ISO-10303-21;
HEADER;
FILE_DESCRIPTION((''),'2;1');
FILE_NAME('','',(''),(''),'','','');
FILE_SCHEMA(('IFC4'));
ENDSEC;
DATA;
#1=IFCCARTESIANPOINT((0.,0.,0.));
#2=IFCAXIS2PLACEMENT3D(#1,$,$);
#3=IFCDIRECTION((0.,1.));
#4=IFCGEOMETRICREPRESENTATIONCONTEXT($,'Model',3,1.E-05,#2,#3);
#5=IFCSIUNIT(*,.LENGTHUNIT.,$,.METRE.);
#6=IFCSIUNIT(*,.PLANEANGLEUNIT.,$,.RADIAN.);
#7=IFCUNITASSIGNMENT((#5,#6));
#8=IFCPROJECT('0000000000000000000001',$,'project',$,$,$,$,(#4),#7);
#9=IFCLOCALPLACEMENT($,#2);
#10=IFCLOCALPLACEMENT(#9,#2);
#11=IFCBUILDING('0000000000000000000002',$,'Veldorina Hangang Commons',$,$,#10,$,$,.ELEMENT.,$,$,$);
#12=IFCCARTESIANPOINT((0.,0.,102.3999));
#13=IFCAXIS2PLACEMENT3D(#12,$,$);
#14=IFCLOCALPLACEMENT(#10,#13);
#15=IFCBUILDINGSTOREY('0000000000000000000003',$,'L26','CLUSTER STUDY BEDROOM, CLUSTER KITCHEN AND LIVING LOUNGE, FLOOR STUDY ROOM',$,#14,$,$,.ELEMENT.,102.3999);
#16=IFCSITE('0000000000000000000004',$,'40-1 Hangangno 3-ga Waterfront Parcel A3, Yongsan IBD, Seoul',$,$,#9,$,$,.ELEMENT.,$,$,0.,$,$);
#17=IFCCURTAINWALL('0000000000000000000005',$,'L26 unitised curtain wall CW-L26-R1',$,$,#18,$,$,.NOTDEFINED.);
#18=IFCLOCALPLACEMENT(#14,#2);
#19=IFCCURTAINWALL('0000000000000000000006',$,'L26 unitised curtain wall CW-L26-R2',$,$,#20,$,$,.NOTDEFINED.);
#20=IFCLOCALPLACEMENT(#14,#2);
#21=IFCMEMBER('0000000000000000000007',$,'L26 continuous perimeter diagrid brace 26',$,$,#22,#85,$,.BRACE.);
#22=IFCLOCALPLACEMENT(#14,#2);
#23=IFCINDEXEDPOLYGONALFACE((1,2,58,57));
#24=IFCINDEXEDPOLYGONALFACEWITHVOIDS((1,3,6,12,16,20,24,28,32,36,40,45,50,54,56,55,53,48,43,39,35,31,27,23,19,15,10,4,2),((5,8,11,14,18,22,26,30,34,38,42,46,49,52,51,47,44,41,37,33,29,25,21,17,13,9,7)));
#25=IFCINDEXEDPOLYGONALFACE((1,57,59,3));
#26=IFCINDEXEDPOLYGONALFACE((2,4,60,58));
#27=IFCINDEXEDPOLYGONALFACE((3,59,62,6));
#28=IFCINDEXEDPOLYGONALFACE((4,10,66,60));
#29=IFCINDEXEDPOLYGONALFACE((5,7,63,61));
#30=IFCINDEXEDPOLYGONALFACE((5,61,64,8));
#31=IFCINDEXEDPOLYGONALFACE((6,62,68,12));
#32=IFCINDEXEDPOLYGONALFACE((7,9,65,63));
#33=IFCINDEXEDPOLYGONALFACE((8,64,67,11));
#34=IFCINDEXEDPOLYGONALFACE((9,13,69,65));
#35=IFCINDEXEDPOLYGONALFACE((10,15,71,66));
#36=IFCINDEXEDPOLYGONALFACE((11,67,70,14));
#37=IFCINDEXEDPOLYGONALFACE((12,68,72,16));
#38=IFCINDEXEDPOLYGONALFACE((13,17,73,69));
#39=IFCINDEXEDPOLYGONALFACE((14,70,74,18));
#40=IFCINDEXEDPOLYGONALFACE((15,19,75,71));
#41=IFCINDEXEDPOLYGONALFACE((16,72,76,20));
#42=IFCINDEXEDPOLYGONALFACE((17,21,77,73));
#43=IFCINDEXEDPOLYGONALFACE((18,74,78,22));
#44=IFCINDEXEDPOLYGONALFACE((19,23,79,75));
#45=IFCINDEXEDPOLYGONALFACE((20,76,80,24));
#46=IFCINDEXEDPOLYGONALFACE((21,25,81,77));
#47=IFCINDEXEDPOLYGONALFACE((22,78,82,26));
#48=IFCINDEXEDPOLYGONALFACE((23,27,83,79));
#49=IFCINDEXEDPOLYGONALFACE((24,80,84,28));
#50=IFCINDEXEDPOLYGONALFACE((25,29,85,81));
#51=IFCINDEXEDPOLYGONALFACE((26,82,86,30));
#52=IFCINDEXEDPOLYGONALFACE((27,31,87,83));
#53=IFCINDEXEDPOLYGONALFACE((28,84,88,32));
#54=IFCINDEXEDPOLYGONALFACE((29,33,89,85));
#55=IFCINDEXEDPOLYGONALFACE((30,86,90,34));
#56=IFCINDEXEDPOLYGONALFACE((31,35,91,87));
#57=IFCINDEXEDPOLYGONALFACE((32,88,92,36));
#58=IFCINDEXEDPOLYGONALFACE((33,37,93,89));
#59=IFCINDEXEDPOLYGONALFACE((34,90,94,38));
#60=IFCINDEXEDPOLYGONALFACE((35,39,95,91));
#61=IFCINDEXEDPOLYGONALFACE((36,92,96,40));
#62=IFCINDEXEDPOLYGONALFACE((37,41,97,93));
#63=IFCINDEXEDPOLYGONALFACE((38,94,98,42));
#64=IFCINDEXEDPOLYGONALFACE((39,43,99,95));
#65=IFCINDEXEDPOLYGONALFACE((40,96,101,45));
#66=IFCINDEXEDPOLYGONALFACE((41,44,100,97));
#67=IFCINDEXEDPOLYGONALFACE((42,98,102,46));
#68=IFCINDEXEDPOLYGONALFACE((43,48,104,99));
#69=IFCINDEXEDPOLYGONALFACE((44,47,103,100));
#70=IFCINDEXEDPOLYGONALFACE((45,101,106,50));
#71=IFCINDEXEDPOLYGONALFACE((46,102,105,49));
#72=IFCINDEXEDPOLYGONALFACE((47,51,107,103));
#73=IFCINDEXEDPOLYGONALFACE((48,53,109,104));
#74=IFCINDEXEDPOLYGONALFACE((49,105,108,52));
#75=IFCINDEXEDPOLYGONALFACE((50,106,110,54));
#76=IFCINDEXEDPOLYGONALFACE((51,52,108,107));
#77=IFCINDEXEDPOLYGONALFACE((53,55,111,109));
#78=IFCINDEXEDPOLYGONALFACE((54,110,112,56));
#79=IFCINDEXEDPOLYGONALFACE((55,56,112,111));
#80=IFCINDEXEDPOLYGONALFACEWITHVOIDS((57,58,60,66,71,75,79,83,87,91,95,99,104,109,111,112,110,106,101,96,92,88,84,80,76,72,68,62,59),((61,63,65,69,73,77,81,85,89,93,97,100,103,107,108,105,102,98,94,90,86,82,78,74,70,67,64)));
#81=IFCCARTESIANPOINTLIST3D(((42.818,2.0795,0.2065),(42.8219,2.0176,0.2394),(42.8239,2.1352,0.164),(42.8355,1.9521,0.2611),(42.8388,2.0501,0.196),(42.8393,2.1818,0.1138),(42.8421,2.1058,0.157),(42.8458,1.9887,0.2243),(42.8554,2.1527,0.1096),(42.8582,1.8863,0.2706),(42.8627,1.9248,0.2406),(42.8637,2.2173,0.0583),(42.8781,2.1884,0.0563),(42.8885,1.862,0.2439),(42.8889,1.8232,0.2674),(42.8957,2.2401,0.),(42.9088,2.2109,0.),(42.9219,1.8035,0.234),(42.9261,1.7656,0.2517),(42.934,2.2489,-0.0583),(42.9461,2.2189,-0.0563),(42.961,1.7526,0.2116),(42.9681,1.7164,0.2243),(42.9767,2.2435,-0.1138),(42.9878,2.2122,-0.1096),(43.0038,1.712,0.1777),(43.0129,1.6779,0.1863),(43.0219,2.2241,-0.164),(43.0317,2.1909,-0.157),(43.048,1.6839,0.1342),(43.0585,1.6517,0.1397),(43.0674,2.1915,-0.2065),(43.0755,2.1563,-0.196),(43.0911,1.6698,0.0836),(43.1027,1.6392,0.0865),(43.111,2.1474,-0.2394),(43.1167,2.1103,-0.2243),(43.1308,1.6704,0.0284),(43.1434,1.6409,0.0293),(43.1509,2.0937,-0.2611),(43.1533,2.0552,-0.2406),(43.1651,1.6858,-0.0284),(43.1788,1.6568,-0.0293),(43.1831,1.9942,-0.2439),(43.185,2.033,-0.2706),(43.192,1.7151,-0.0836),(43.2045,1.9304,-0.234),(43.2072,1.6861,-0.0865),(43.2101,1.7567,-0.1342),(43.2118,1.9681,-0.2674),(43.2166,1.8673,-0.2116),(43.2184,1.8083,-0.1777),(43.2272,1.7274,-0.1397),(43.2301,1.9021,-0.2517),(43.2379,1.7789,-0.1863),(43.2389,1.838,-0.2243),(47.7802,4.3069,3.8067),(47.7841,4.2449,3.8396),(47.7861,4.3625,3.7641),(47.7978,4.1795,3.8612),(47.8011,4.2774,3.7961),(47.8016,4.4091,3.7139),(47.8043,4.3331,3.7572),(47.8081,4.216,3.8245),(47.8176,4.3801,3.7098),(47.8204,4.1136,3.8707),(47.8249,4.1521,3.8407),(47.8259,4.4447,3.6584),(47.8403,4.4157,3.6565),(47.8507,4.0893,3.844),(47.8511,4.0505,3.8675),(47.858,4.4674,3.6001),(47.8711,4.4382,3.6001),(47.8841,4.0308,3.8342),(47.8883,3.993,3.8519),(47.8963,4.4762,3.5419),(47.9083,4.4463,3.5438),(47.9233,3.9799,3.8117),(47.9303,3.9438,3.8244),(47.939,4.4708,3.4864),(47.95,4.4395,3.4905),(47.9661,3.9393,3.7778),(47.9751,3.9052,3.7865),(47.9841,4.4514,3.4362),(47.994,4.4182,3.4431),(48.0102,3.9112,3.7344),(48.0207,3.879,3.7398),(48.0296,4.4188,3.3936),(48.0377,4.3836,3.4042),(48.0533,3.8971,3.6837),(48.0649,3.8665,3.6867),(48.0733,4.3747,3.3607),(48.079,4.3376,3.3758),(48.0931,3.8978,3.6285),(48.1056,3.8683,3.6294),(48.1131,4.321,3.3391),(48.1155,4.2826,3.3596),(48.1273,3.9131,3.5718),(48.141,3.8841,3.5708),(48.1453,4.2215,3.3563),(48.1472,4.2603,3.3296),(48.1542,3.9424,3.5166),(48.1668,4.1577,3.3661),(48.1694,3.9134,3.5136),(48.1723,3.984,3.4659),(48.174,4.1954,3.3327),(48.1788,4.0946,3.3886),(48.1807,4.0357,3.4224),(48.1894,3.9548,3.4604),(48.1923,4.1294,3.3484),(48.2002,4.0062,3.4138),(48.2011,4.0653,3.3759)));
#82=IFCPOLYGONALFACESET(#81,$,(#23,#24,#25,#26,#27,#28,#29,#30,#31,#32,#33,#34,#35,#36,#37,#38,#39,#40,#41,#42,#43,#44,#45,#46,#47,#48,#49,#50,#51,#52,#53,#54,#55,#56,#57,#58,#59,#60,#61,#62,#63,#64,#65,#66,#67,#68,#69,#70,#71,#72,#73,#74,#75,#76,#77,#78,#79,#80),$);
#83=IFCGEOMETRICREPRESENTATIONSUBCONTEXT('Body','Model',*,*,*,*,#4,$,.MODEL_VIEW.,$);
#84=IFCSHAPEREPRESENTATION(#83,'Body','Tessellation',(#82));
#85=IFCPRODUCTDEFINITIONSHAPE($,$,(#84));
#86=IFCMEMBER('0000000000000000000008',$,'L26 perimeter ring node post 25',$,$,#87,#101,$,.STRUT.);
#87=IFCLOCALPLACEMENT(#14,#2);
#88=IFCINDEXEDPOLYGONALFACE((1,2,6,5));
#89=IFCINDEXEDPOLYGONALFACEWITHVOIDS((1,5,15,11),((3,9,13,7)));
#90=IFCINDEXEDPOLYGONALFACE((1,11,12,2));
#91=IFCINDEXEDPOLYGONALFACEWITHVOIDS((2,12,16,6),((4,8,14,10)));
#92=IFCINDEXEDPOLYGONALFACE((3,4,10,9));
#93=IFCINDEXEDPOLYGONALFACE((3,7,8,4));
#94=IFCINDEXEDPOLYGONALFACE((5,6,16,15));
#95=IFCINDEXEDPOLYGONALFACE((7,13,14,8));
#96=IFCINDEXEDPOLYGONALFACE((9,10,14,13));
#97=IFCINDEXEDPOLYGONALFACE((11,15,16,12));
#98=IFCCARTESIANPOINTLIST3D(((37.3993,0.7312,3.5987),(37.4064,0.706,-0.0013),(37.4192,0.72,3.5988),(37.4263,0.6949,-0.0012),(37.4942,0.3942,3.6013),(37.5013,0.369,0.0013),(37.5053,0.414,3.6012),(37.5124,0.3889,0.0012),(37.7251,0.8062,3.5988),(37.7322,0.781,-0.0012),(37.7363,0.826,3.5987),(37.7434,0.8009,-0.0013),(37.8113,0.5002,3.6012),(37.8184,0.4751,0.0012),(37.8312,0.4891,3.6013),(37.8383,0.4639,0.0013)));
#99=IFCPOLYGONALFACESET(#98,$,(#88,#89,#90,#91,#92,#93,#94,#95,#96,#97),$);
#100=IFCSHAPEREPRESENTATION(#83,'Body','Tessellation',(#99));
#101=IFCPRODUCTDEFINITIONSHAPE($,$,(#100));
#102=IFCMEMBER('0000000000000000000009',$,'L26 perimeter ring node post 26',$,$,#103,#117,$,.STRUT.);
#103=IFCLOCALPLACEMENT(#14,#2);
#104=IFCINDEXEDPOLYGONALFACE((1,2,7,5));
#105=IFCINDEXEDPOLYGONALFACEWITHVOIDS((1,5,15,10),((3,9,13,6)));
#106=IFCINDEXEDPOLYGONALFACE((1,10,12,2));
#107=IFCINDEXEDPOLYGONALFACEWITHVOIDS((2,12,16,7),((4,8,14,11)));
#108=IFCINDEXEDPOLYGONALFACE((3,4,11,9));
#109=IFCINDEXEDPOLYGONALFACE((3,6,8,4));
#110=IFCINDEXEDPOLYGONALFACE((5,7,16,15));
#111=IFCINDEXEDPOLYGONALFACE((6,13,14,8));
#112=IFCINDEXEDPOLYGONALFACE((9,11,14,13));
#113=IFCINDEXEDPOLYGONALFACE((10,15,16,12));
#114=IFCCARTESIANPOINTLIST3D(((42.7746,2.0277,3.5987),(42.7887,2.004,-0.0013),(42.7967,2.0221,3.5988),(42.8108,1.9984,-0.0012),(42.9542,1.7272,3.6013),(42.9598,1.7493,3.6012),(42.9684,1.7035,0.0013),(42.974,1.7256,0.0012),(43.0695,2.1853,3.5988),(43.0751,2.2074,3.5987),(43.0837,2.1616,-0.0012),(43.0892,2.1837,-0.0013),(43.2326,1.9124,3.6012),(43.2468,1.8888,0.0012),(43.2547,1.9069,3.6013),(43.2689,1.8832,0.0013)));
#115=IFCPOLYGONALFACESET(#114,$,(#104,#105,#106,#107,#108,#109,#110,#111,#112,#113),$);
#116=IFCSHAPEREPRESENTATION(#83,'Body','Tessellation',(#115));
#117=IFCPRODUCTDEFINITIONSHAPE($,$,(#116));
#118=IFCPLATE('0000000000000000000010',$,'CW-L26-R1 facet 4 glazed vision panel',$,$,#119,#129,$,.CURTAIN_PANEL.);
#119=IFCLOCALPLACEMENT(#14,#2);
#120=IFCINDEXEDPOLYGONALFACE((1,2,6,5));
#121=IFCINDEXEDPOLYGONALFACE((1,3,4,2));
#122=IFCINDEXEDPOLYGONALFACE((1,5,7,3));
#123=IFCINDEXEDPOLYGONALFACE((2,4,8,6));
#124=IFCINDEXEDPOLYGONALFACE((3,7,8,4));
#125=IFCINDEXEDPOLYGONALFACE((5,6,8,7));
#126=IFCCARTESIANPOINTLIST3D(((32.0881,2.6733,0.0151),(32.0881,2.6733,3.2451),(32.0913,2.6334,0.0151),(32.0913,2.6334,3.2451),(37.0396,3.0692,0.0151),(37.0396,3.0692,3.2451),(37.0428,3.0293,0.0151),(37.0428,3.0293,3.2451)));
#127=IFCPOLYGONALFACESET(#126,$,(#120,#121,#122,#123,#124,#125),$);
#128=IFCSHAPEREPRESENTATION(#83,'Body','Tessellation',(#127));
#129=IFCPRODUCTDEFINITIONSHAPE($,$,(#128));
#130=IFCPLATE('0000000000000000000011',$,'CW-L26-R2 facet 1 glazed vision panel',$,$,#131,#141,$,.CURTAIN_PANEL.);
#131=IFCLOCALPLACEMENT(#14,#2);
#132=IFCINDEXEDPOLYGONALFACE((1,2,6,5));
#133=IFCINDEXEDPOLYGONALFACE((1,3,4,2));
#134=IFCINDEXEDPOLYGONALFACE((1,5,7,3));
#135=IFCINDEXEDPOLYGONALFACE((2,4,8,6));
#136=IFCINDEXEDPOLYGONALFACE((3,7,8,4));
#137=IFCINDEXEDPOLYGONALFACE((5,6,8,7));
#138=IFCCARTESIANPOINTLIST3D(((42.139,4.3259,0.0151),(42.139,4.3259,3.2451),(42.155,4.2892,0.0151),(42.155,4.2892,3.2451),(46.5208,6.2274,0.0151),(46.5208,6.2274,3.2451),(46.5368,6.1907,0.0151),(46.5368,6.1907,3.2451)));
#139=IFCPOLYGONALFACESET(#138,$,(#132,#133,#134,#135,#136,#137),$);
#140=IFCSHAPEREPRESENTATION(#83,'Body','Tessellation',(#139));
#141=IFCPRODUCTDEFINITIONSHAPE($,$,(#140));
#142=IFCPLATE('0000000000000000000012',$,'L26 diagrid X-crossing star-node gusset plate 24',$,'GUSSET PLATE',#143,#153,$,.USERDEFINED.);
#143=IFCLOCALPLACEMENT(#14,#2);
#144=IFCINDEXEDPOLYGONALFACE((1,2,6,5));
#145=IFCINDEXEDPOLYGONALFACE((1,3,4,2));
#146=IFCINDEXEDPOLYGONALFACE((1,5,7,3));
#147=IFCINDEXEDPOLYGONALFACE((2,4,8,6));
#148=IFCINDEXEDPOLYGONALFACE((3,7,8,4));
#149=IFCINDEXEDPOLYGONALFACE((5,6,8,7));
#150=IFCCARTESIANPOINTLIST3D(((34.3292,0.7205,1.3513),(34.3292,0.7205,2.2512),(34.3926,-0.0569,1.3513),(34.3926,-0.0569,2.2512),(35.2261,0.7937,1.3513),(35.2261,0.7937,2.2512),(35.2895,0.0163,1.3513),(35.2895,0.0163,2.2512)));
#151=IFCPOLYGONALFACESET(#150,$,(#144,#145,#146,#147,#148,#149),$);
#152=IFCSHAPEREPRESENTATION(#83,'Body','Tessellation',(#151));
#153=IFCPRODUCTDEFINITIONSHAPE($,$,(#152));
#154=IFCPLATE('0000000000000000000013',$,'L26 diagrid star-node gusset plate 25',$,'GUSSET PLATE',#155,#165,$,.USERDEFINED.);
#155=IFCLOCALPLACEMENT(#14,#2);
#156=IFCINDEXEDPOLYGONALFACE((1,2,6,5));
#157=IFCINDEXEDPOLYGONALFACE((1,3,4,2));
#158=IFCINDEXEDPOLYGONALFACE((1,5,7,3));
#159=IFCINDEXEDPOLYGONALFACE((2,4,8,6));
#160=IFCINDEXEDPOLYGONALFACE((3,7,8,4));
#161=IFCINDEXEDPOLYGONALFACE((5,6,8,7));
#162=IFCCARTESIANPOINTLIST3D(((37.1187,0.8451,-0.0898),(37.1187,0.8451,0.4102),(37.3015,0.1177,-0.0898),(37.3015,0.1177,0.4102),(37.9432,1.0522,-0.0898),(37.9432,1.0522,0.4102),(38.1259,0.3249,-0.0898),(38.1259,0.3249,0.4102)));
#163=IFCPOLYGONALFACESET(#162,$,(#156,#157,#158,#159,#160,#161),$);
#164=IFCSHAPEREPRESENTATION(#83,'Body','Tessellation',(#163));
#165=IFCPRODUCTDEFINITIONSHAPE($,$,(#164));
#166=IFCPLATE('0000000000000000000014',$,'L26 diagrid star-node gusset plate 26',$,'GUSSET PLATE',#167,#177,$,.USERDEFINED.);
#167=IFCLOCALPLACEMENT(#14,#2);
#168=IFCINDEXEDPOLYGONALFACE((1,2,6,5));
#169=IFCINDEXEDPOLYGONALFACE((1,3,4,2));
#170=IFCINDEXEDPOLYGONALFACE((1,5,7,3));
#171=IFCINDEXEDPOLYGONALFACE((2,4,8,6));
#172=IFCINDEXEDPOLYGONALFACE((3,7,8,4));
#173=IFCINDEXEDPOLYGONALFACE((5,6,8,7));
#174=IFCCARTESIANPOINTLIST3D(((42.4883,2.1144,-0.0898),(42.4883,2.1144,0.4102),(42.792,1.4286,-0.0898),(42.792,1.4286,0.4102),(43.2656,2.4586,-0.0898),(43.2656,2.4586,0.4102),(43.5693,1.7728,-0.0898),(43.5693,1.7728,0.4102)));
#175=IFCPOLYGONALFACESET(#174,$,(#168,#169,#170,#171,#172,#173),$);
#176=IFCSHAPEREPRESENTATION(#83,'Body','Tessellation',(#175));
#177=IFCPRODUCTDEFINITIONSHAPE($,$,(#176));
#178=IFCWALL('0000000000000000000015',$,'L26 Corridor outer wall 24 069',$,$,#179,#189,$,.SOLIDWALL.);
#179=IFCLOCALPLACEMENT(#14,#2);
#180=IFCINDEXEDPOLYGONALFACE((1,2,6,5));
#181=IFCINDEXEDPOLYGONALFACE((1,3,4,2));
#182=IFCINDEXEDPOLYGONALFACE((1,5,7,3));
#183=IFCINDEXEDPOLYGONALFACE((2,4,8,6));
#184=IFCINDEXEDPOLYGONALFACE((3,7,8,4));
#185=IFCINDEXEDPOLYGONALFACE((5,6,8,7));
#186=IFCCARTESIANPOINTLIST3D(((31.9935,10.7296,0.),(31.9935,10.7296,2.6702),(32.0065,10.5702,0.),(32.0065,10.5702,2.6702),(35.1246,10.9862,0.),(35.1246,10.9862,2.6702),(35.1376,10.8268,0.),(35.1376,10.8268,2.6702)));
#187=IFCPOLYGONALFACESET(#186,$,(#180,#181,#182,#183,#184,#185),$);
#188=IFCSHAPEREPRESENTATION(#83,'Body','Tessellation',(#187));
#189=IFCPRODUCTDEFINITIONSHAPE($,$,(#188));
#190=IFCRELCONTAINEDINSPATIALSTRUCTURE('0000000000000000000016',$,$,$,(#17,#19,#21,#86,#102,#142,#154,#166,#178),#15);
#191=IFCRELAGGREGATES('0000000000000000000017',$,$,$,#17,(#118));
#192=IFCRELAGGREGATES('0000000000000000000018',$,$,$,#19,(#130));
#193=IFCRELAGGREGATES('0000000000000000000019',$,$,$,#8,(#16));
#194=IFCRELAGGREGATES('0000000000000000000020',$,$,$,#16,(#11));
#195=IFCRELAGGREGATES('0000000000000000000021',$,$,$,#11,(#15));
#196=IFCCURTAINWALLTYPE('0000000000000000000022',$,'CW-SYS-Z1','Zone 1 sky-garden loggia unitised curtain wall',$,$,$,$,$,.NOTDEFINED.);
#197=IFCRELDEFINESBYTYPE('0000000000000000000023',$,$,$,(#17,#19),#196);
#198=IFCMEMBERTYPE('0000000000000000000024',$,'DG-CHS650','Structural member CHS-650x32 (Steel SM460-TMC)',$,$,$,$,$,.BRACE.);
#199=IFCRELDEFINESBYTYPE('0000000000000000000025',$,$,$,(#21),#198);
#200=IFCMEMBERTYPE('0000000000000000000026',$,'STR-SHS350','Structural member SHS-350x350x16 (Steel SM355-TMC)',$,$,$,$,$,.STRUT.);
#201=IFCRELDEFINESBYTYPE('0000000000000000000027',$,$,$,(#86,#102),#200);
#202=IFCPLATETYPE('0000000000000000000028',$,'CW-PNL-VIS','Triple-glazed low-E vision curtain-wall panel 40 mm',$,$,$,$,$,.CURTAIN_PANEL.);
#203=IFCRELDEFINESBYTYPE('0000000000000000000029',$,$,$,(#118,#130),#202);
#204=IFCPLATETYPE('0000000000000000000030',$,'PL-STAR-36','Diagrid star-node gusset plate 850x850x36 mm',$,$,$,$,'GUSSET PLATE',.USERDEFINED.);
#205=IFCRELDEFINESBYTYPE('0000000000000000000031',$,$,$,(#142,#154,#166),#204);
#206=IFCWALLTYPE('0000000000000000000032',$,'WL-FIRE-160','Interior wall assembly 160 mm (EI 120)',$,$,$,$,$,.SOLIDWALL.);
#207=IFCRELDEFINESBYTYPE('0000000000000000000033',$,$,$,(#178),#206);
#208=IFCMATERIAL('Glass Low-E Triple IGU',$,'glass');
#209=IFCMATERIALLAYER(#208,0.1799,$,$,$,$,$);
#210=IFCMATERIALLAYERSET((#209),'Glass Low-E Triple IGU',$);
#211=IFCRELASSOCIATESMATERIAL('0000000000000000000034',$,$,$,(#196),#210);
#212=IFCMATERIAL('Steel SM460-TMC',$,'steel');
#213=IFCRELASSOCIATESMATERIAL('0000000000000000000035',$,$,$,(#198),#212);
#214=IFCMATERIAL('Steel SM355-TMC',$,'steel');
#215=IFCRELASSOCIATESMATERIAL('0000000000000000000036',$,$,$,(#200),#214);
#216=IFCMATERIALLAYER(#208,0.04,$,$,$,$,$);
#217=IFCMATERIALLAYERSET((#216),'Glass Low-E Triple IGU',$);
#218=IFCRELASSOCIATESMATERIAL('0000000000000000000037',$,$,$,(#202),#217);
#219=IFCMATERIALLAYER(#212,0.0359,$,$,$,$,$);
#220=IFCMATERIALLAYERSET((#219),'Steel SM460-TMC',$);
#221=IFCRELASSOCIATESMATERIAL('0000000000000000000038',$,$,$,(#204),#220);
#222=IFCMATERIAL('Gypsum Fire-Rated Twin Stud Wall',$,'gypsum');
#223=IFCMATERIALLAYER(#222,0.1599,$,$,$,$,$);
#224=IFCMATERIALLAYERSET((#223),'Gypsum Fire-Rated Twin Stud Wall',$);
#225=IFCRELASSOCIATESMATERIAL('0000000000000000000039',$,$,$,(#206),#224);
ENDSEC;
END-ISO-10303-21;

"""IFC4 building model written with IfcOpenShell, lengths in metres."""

from ifc_helpers import new_model, si_unit, direction, frame, frame_2d, origin, origin_2d, place, context, subcontext, project, spatial, rectangle, hollow_rectangle, hollow_circle, extrude, material, layer, layer_set, material_profile, profile_set, type_object, element, aggregate, save


model = new_model("IFC4")

# Units and contexts
model_context = context("Model", 3, precision=1e-05, world=origin(), true_north=direction((0.0, 1.0)))
body_context = subcontext(model_context, "Body", "Model", "MODEL_VIEW")
ifc_project = project(units=[si_unit("LENGTHUNIT", "METRE"), si_unit("PLANEANGLEUNIT", "RADIAN")], contexts=[model_context])

# Site, building, storey
site_placement = place(None, origin())
site = spatial("IfcSite", under=ifc_project, at=site_placement, Name="40-1 Hangangno 3-ga Waterfront Parcel A3, Yongsan IBD, Seoul", CompositionType="ELEMENT", RefElevation=0.0)
building_placement = place(site_placement, origin())
building = spatial("IfcBuilding", under=site, at=building_placement, Name="Veldorina Hangang Commons", CompositionType="ELEMENT")
storey_placement = place(building_placement, frame((0.0, 0.0, 102.3999)))
storey = spatial("IfcBuildingStorey", under=building, at=storey_placement, Name="L26", Description="CLUSTER STUDY BEDROOM, CLUSTER KITCHEN AND LIVING LOUNGE, FLOOR STUDY ROOM", CompositionType="ELEMENT", Elevation=102.3999)

# Curtain wall
ifc_material_1 = material(Name="Glass Low-E Triple IGU", Category="glass")
ifc_layer_1 = layer(ifc_material_1, 0.1799)
ifc_layer_set_1 = layer_set([ifc_layer_1], Name="Glass Low-E Triple IGU")
curtain_wall_type = type_object("IfcCurtainWallType", Name="CW-SYS-Z1", Description="Zone 1 sky-garden loggia unitised curtain wall", PredefinedType="NOTDEFINED", material=ifc_layer_set_1)
curtain_wall_1_placement = place(storey_placement, origin())
curtain_wall_1 = element("IfcCurtainWall", 1, at=curtain_wall_1_placement, inside=storey, type_object=curtain_wall_type, Name="L26 unitised curtain wall CW-L26-R1", PredefinedType="NOTDEFINED")

# Curtain wall
curtain_wall_2_placement = place(storey_placement, origin())
curtain_wall_2 = element("IfcCurtainWall", 2, at=curtain_wall_2_placement, inside=storey, type_object=curtain_wall_type, Name="L26 unitised curtain wall CW-L26-R2", PredefinedType="NOTDEFINED")

# Members
ifc_material_2 = material(Name="Steel SM460-TMC", Category="steel")
ifc_material_profile_1 = material_profile(ifc_material_2, hollow_circle(Radius=0.325, WallThickness=0.032, at=origin_2d()), Name="CHS-650x32")
ifc_profile_set_1 = profile_set([ifc_material_profile_1], Name="Steel SM460-TMC")
member_type_1 = type_object("IfcMemberType", Name="DG-CHS650", Description="Structural member CHS-650x32 (Steel SM460-TMC)", PredefinedType="BRACE", material=ifc_profile_set_1)
member_1_placement = place(storey_placement, frame((43.0288, 1.9436, 0.0), z_axis=(0.760762, 0.341472, 0.551941), x_axis=(-0.409497, 0.912312, 0.0)))
element("IfcMember", 3, at=member_1_placement, inside=storey, type_object=member_type_1, Name="L26 continuous perimeter diagrid brace 26", PredefinedType="BRACE", context=body_context, shape_type="SweptSolid", body=[
    extrude(hollow_circle(Radius=0.325, WallThickness=0.032, at=origin_2d()), origin(), (0.0, 0.0, 1.0), 6.5227),
])
ifc_material_3 = material(Name="Steel SM355-TMC", Category="steel")
ifc_material_profile_2 = material_profile(ifc_material_3, hollow_rectangle(XDim=0.3501, YDim=0.3501, WallThickness=0.0161, at=origin_2d()), Name="SHS-350x350x16")
ifc_profile_set_2 = profile_set([ifc_material_profile_2], Name="Steel SM355-TMC")
member_type_2 = type_object("IfcMemberType", Name="STR-SHS350", Description="Structural member SHS-350x350x16 (Steel SM355-TMC)", PredefinedType="STRUT", material=ifc_profile_set_2)
for number, where, z_axis, x_axis, name in (
    (4, (37.6223, 0.585, 0.0), (-0.001967, 0.006985, 0.999974), (-0.962575, -0.271016, 0.0), "L26 perimeter ring node post 25"),
    (5, (43.0288, 1.9436, 0.0), (-0.003933, 0.006578, 0.999971), (-0.858273, -0.513194, 0.0), "L26 perimeter ring node post 26"),
):
    element("IfcMember", number, at=place(storey_placement, frame(where, z_axis=z_axis, x_axis=x_axis)), inside=storey, type_object=member_type_2, Name=name, PredefinedType="STRUT", context=body_context, shape_type="SweptSolid", body=[
        extrude(hollow_rectangle(XDim=0.3501, YDim=0.3501, WallThickness=0.0161, at=origin_2d()), origin(), (0.0, 0.0, 1.0), 3.6001),
    ])

# Plates
ifc_layer_2 = layer(ifc_material_1, 0.04)
ifc_layer_set_2 = layer_set([ifc_layer_2], Name="Glass Low-E Triple IGU")
plate_type_1 = type_object("IfcPlateType", Name="CW-PNL-VIS", Description="Triple-glazed low-E vision curtain-wall panel 40 mm", PredefinedType="CURTAIN_PANEL", material=ifc_layer_set_2)
plate_1_placement = place(storey_placement, frame((34.5654, 2.8513, 0.0151), z_axis=(0.0, 0.0, 1.0), x_axis=(0.996818, 0.079712, 0.0)))
plate_1 = element("IfcPlate", 6, at=plate_1_placement, type_object=plate_type_1, Name="CW-L26-R1 facet 4 glazed vision panel", PredefinedType="CURTAIN_PANEL", context=body_context, shape_type="SweptSolid", body=[
    extrude(rectangle(XDim=4.9673, YDim=0.04, at=origin_2d()), origin(), (0.0, 0.0, 1.0), 3.23),
])
aggregate(curtain_wall_1, [plate_1])
plate_2_placement = place(storey_placement, frame((44.3379, 5.2583, 0.0151), z_axis=(0.0, 0.0, 1.0), x_axis=(0.917345, 0.398093, 0.0)))
plate_2 = element("IfcPlate", 7, at=plate_2_placement, type_object=plate_type_1, Name="CW-L26-R2 facet 1 glazed vision panel", PredefinedType="CURTAIN_PANEL", context=body_context, shape_type="SweptSolid", body=[
    extrude(rectangle(XDim=4.7766, YDim=0.04, at=origin_2d()), origin(), (0.0, 0.0, 1.0), 3.23),
])
aggregate(curtain_wall_2, [plate_2])

# Plates
ifc_layer_3 = layer(ifc_material_2, 0.0359)
ifc_layer_set_3 = layer_set([ifc_layer_3], Name="Steel SM460-TMC")
plate_type_2 = type_object("IfcPlateType", Name="PL-STAR-36", Description="Diagrid star-node gusset plate 850x850x36 mm", ElementType="GUSSET PLATE", PredefinedType="USERDEFINED", material=ifc_layer_set_3)
plate_3_placement = place(storey_placement, frame((34.8093, 0.3684, 1.3513), z_axis=(0.0, 0.0, 1.0), x_axis=(0.996689, 0.081312, 0.0)))
element("IfcPlate", 8, at=plate_3_placement, inside=storey, type_object=plate_type_2, Name="L26 diagrid X-crossing star-node gusset plate 24", ObjectType="GUSSET PLATE", PredefinedType="USERDEFINED", context=body_context, shape_type="SweptSolid", body=[
    extrude(rectangle(XDim=0.8999, YDim=0.78, at=origin_2d()), origin(), (0.0, 0.0, 1.0), 0.8999),
])
for number, where, z_axis, x_axis, name in (
    (9, (37.6223, 0.585, -0.0898), (0.0, 0.0, 1.0), (0.969846, 0.243717, 0.0), "L26 diagrid star-node gusset plate 25"),
    (10, (43.0288, 1.9436, -0.0898), (0.0, 0.0, 1.0), (0.914381, 0.404854, 0.0), "L26 diagrid star-node gusset plate 26"),
):
    element("IfcPlate", number, at=place(storey_placement, frame(where, z_axis=z_axis, x_axis=x_axis)), inside=storey, type_object=plate_type_2, Name=name, ObjectType="GUSSET PLATE", PredefinedType="USERDEFINED", context=body_context, shape_type="SweptSolid", body=[
        extrude(rectangle(XDim=0.8501, YDim=0.75, at=origin_2d()), origin(), (0.0, 0.0, 1.0), 0.5),
    ])

# Wall
ifc_material_4 = material(Name="Gypsum Fire-Rated Twin Stud Wall", Category="gypsum")
ifc_layer_4 = layer(ifc_material_4, 0.1599)
ifc_layer_set_4 = layer_set([ifc_layer_4], Name="Gypsum Fire-Rated Twin Stud Wall")
wall_type_1 = type_object("IfcWallType", Name="WL-FIRE-160", Description="Interior wall assembly 160 mm (EI 120)", PredefinedType="SOLIDWALL", material=ifc_layer_set_4)
wall_1_placement = place(storey_placement, frame((32.0, 10.6499, 0.0), z_axis=(0.0, 0.0, 1.0), x_axis=(0.996659, 0.081676, 0.0)))
element("IfcWall", 11, at=wall_1_placement, inside=storey, type_object=wall_type_1, Name="L26 Corridor outer wall 24 069", PredefinedType="SOLIDWALL", context=body_context, shape_type="SweptSolid", body=[
    extrude(rectangle(XDim=3.1416, YDim=0.1599, at=frame_2d((1.5708, 0.0))), origin(), (0.0, 0.0, 1.0), 2.6702),
])

save(model, "model.ifc")
